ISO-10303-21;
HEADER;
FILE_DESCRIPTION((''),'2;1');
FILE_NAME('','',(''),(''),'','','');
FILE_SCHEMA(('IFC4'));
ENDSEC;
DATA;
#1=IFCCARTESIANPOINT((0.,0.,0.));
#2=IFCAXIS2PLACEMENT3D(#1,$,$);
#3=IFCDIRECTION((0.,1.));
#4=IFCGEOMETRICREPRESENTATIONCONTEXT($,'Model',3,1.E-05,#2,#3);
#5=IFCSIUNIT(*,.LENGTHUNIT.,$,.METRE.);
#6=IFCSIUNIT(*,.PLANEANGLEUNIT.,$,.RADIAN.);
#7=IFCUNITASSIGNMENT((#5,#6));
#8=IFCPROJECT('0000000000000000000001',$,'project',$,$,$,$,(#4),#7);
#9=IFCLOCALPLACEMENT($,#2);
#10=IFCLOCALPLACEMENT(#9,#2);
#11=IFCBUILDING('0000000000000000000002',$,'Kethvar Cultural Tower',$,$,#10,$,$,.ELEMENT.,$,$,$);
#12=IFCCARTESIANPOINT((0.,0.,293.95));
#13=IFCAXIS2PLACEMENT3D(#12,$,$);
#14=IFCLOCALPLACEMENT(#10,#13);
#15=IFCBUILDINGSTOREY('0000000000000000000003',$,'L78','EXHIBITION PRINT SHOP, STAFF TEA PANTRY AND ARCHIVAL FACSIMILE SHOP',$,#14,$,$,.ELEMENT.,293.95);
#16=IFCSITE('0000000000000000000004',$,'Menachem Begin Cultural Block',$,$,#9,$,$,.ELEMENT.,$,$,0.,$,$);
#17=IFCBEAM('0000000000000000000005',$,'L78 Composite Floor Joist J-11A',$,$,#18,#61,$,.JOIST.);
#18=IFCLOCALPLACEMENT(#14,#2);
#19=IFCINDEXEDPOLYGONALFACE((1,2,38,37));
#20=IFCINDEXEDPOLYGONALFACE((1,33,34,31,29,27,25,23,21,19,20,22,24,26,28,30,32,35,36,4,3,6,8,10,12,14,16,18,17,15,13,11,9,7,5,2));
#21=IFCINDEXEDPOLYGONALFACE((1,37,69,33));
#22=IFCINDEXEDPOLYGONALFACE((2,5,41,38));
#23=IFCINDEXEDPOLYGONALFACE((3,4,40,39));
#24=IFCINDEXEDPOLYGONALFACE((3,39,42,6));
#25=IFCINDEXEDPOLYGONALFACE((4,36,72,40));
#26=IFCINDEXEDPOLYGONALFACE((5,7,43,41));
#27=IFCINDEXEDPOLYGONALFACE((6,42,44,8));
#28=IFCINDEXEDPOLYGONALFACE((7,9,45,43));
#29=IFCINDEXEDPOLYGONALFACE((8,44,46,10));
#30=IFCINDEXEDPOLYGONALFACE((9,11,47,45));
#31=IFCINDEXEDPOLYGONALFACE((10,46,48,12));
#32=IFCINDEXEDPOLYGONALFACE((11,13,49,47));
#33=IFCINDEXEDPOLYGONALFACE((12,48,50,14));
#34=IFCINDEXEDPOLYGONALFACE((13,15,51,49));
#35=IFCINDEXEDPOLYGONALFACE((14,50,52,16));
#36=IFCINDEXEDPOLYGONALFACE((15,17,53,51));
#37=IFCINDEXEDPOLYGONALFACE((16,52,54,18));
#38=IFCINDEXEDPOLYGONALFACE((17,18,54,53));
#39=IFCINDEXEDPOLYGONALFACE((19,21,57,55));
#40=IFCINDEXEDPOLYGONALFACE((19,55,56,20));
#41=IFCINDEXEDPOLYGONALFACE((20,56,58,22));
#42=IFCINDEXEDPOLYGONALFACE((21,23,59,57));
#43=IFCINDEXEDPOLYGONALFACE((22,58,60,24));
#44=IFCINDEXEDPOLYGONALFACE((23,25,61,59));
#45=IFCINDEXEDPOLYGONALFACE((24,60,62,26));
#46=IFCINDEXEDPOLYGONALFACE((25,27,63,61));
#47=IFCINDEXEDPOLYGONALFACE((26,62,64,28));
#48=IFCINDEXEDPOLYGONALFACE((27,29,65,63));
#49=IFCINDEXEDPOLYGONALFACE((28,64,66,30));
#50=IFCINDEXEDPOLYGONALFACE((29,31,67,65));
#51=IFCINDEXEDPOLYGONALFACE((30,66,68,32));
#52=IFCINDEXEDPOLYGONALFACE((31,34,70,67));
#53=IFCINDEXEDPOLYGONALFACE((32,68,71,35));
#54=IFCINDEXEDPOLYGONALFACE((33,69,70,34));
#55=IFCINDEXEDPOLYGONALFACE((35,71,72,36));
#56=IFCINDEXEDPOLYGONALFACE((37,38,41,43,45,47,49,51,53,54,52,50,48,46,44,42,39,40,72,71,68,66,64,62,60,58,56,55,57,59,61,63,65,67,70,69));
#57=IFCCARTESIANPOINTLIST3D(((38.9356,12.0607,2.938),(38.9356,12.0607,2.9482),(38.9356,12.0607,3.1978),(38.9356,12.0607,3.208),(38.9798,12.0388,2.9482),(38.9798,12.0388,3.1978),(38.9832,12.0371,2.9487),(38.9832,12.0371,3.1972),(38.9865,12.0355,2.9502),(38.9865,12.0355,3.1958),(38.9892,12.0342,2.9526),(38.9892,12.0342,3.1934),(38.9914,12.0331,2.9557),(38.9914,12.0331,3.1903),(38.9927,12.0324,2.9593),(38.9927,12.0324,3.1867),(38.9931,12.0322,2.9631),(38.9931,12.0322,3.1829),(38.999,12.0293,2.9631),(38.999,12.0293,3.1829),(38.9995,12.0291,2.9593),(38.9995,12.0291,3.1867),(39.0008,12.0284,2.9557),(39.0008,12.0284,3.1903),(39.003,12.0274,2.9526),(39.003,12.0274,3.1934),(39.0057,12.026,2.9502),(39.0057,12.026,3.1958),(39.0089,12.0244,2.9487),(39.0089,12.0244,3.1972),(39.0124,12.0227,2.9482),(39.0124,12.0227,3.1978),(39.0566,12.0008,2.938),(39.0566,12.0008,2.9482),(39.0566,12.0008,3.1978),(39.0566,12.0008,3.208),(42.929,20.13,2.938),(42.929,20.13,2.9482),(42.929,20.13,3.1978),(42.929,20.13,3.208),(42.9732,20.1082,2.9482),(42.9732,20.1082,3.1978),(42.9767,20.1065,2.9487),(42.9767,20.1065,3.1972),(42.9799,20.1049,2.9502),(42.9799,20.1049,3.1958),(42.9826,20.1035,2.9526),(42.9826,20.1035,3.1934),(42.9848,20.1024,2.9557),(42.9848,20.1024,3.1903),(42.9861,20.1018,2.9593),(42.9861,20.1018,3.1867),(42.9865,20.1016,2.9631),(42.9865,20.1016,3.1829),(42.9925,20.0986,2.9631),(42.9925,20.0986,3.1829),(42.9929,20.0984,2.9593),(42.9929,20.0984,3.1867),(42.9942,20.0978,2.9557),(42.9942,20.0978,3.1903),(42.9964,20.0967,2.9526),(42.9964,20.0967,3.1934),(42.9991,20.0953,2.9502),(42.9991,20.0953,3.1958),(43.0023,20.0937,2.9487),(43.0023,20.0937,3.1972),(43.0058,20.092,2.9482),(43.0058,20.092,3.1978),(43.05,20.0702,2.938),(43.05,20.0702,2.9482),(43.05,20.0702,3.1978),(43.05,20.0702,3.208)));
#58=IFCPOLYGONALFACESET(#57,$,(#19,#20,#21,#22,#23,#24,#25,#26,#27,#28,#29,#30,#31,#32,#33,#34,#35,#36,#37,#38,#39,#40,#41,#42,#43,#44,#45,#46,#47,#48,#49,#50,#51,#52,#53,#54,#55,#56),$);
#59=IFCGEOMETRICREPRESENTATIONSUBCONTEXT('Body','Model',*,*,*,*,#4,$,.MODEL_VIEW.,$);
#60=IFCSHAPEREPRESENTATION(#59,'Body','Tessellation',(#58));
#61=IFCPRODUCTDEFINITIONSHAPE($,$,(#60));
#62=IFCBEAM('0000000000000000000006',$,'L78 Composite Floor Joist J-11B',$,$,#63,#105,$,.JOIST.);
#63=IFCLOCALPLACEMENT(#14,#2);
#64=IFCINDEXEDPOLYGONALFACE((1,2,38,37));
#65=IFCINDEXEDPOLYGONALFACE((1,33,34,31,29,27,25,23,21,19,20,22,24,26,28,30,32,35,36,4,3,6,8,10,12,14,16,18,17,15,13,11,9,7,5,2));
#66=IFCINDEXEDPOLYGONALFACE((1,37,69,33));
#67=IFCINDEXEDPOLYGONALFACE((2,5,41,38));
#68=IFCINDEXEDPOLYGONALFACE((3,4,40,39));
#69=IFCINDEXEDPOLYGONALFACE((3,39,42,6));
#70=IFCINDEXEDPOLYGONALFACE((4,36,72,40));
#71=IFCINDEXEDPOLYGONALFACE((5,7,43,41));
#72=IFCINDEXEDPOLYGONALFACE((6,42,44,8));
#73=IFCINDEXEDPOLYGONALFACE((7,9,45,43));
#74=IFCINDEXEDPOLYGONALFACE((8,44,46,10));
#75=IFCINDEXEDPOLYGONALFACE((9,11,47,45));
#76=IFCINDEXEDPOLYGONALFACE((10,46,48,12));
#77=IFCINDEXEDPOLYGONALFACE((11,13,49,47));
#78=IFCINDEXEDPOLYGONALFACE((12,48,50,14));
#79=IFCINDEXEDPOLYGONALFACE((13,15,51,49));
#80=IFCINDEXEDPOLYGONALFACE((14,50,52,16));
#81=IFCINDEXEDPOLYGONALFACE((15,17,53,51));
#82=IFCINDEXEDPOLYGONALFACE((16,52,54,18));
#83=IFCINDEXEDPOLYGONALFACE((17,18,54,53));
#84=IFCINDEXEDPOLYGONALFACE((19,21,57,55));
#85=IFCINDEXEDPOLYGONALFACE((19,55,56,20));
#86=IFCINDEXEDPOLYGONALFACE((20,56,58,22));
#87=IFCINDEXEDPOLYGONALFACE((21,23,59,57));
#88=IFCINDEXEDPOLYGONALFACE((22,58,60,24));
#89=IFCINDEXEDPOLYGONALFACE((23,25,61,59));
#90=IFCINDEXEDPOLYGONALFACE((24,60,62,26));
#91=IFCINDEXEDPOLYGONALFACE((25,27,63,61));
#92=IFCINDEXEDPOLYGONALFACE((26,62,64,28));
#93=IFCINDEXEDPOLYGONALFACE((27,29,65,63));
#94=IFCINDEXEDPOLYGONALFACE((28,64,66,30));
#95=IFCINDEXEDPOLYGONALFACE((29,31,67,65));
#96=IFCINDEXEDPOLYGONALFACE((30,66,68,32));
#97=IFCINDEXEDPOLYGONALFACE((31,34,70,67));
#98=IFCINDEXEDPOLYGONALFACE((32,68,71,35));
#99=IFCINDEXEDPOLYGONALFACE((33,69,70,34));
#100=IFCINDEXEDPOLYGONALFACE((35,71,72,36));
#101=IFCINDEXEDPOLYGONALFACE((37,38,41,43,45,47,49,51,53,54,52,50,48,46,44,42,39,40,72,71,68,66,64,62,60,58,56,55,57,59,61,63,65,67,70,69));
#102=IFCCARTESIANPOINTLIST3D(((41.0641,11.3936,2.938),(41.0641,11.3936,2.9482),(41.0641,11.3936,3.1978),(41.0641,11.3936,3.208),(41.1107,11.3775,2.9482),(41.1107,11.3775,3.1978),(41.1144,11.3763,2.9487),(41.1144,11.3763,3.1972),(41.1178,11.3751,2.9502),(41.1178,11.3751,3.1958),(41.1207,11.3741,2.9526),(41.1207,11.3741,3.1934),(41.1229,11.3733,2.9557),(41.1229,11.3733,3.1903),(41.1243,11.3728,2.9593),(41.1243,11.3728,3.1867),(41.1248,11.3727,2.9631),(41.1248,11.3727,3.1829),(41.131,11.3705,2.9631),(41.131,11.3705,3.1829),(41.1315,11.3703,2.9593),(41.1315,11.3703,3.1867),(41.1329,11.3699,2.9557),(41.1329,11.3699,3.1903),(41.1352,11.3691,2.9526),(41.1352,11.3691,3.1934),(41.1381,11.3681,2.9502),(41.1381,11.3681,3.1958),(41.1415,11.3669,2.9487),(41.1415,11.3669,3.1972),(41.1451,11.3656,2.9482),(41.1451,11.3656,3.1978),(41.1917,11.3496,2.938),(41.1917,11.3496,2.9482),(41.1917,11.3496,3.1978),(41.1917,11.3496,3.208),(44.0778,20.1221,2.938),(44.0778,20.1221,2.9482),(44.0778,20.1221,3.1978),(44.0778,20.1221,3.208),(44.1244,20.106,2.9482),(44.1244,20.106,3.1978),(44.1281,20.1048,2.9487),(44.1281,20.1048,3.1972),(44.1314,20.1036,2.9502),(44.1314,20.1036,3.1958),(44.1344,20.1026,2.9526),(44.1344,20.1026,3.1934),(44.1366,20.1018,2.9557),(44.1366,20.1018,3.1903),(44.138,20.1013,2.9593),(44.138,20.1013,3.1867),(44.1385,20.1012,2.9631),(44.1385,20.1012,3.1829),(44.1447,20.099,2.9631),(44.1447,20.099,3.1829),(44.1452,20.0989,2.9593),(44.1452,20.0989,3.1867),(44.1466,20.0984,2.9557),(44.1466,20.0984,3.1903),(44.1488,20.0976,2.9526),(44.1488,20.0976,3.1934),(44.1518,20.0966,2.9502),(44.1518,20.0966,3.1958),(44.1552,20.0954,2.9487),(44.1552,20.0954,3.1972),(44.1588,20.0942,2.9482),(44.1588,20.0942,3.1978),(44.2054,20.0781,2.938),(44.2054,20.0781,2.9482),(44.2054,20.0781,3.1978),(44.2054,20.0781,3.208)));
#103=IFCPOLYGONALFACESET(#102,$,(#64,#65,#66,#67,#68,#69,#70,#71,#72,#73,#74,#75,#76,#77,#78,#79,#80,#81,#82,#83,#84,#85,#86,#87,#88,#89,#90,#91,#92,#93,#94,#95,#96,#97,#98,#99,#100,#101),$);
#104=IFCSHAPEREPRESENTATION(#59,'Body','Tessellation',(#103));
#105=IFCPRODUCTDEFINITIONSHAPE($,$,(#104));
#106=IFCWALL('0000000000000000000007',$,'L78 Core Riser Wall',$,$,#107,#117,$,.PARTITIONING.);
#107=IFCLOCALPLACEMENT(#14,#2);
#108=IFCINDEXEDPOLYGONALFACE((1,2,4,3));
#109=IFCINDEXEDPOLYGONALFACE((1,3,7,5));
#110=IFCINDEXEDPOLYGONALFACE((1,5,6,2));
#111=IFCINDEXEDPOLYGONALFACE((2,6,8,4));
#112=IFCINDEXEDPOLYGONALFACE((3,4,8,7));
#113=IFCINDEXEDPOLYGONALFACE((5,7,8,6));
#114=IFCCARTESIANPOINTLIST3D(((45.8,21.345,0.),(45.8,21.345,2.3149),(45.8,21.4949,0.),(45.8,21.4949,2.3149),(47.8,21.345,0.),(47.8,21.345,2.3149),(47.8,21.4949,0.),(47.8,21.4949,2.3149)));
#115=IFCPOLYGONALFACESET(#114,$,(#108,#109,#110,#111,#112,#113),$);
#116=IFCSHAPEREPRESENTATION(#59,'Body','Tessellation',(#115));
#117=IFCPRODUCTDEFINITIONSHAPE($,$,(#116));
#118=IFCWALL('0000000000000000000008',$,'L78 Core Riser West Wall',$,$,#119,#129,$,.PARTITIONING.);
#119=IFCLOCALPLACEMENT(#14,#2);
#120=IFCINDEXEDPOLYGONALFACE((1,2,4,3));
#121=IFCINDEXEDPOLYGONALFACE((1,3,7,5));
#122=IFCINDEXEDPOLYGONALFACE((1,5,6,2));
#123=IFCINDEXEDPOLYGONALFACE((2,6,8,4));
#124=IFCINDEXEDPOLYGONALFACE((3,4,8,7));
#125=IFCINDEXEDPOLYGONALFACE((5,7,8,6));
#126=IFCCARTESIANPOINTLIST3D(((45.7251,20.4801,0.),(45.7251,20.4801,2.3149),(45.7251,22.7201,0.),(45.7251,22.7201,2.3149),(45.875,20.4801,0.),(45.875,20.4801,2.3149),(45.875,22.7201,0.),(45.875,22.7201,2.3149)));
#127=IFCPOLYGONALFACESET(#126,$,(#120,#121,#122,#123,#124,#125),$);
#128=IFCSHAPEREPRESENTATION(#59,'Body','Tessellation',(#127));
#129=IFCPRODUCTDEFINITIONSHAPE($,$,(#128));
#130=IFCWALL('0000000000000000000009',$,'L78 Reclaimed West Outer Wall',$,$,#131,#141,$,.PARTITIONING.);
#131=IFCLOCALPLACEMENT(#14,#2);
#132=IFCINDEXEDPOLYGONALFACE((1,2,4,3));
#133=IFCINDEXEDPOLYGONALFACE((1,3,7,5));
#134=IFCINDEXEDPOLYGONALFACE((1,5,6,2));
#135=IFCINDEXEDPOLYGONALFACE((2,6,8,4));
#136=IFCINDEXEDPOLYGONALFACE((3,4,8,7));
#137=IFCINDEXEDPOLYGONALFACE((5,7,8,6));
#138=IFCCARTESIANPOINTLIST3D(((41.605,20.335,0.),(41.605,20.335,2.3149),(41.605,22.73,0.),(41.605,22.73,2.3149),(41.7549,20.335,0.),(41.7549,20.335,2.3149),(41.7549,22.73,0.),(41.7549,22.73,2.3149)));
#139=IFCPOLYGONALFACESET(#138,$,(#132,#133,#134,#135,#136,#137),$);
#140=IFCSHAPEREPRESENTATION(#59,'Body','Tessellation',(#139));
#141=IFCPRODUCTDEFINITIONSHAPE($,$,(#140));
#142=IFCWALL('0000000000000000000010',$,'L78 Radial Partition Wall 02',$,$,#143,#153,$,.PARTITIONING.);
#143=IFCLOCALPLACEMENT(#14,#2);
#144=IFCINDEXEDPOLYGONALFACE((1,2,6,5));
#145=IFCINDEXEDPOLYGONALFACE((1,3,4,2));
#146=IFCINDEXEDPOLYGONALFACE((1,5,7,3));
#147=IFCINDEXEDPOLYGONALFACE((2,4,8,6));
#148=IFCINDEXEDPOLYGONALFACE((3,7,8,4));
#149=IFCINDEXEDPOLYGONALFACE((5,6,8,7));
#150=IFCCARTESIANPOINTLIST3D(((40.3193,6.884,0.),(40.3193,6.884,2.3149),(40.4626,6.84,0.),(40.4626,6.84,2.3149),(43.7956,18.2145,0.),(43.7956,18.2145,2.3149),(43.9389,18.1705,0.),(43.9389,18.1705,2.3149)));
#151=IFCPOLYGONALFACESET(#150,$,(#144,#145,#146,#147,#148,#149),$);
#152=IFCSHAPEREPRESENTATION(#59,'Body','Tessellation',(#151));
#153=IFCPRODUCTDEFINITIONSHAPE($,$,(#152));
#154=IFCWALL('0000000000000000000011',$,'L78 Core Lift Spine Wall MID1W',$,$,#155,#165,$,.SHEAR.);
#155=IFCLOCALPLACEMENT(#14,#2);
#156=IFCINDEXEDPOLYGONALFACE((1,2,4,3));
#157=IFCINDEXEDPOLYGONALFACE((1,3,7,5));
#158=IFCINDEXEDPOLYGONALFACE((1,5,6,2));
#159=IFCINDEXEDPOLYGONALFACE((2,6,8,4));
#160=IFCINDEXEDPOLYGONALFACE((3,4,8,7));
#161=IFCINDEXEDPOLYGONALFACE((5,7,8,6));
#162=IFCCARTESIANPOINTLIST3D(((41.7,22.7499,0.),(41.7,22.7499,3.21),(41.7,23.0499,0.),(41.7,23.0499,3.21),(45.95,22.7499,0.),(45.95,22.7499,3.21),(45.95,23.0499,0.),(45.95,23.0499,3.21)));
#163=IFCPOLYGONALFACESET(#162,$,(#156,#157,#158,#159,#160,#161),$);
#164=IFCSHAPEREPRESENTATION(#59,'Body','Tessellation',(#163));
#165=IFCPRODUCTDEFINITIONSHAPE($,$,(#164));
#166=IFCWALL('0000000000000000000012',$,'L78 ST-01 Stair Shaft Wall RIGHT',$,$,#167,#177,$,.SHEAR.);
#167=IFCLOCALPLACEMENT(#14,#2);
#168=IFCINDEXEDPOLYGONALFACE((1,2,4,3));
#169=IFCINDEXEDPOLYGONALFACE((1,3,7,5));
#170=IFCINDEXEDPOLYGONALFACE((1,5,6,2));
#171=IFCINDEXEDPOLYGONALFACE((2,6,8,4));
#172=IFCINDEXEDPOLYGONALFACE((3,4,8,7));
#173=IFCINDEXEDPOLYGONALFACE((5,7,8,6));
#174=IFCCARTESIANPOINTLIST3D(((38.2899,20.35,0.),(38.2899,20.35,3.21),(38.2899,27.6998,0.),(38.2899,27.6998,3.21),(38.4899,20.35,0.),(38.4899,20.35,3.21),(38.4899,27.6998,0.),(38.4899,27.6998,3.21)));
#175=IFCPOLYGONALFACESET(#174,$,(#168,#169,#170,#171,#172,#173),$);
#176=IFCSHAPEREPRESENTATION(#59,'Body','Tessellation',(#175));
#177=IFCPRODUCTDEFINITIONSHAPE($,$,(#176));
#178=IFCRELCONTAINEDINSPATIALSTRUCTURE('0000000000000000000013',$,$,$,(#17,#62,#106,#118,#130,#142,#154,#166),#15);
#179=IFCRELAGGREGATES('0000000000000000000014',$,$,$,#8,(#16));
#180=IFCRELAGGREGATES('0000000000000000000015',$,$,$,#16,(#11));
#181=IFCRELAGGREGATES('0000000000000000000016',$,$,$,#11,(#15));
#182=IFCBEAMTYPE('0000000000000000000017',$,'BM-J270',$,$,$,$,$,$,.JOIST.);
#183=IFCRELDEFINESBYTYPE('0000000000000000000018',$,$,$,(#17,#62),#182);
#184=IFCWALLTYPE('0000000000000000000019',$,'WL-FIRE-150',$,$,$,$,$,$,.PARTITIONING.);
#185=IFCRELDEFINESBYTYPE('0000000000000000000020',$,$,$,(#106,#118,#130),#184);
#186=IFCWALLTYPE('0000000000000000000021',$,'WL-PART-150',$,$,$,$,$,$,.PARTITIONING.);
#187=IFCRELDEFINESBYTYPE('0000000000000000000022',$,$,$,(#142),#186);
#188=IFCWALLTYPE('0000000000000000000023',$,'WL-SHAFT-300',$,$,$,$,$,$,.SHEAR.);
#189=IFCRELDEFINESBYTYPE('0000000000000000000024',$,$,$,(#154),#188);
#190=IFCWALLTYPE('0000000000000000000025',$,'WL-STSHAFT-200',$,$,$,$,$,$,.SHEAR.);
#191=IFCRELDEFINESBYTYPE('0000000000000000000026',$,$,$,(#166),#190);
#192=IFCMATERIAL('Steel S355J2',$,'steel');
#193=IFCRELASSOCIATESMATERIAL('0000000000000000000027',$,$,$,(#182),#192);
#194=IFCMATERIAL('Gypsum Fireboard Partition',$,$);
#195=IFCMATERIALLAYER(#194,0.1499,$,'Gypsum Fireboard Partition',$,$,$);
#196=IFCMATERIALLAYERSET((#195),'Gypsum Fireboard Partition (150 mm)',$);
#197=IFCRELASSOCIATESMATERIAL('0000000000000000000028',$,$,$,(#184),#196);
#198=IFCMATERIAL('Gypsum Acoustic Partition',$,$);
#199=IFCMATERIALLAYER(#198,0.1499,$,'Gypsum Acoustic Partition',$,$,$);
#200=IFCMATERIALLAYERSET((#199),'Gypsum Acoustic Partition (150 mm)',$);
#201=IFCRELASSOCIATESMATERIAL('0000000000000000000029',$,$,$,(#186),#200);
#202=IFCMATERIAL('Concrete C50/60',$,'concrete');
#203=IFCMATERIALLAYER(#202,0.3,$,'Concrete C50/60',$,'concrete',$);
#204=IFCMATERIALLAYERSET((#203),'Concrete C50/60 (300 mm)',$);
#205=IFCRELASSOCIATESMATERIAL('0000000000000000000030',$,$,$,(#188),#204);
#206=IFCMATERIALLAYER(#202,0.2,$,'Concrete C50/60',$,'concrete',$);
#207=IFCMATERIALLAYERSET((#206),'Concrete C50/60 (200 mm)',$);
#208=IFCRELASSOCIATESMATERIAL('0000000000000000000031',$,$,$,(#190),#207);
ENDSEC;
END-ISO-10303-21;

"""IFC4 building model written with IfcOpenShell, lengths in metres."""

from ifc_helpers import new_model, si_unit, direction, frame, frame_2d, origin, origin_2d, place, context, subcontext, project, spatial, rectangle, i_section, extrude, source, transform, mapped, material, layer, layer_set, material_profile, profile_set, type_object, element, save


model = new_model("IFC4")

# Units and contexts
model_context = context("Model", 3, precision=1e-05, world=origin(), true_north=direction((0.0, 1.0)))
body_context = subcontext(model_context, "Body", "Model", "MODEL_VIEW")
ifc_project = project(units=[si_unit("LENGTHUNIT", "METRE"), si_unit("PLANEANGLEUNIT", "RADIAN")], contexts=[model_context])

# Site, building, storey
site_placement = place(None, origin())
site = spatial("IfcSite", under=ifc_project, at=site_placement, Name="Menachem Begin Cultural Block", CompositionType="ELEMENT", RefElevation=0.0)
building_placement = place(site_placement, origin())
building = spatial("IfcBuilding", under=site, at=building_placement, Name="Kethvar Cultural Tower", CompositionType="ELEMENT")
storey_placement = place(building_placement, frame((0.0, 0.0, 293.95)))
storey = spatial("IfcBuildingStorey", under=building, at=storey_placement, Name="L78", Description="EXHIBITION PRINT SHOP, STAFF TEA PANTRY AND ARCHIVAL FACSIMILE SHOP", CompositionType="ELEMENT", Elevation=293.95)

# Beams
ifc_material_1 = material(Name="Steel S355J2", Category="steel")
ifc_material_profile_1 = material_profile(ifc_material_1, i_section(OverallWidth=0.135, OverallDepth=0.27, WebThickness=0.0066, FlangeThickness=0.0103, FilletRadius=0.0149, at=origin_2d()), Name="Steel S355J2 — IPE270")
ifc_profile_set_1 = profile_set([ifc_material_profile_1], Name="Steel S355J2 — IPE270")
beam_type_1 = type_object("IfcBeamType", Name="BM-J270", PredefinedType="JOIST", material=ifc_profile_set_1)
shared_shape_1 = source(origin(), body_context, "Body", "SweptSolid", [
    extrude(i_section(OverallWidth=0.135, OverallDepth=0.27, WebThickness=0.0066, FlangeThickness=0.0103, FilletRadius=0.0149, at=origin_2d()), origin(), (0.0, 0.0, 1.0), 9.0034),
])
beam_1_placement = place(storey_placement, frame((42.9895, 20.1001, 3.073), z_axis=(-0.443544, -0.896253, 0.0), x_axis=(0.896253, -0.443544, 0.0)))
element("IfcBeam", 1, at=beam_1_placement, inside=storey, type_object=beam_type_1, Name="L78 Composite Floor Joist J-11A", PredefinedType="JOIST", context=body_context, shape_type="MappedRepresentation", body=[
    mapped(shared_shape_1, transform((0.0, 0.0, 0.0), scale=1.0)),
])
shared_shape_2 = source(origin(), body_context, "Body", "SweptSolid", [
    extrude(i_section(OverallWidth=0.135, OverallDepth=0.27, WebThickness=0.0066, FlangeThickness=0.0103, FilletRadius=0.0149, at=origin_2d()), origin(), (0.0, 0.0, 1.0), 9.2341),
])
beam_2_placement = place(storey_placement, frame((44.1416, 20.1001, 3.073), z_axis=(-0.326362, -0.945245, 0.0), x_axis=(0.945245, -0.326362, 0.0)))
element("IfcBeam", 2, at=beam_2_placement, inside=storey, type_object=beam_type_1, Name="L78 Composite Floor Joist J-11B", PredefinedType="JOIST", context=body_context, shape_type="MappedRepresentation", body=[
    mapped(shared_shape_2, transform((0.0, 0.0, 0.0), scale=1.0)),
])

# Shared definitions
ifc_material_2 = material(Name="Concrete C50/60", Category="concrete")

# Walls
ifc_material_3 = material(Name="Gypsum Fireboard Partition")
ifc_layer_1 = layer(ifc_material_3, 0.1499, Name="Gypsum Fireboard Partition")
ifc_layer_set_1 = layer_set([ifc_layer_1], Name="Gypsum Fireboard Partition (150 mm)")
wall_type_1 = type_object("IfcWallType", Name="WL-FIRE-150", PredefinedType="PARTITIONING", material=ifc_layer_set_1)
wall_1_placement = place(storey_placement, frame((45.8, 21.4199, 0.0), z_axis=(0.0, 0.0, 1.0), x_axis=(1.0, 0.0, 0.0)))
element("IfcWall", 3, at=wall_1_placement, inside=storey, type_object=wall_type_1, Name="L78 Core Riser Wall", PredefinedType="PARTITIONING", context=body_context, shape_type="SweptSolid", body=[
    extrude(rectangle(XDim=2.0, YDim=0.1499, at=frame_2d((1.0, 0.0))), origin(), (0.0, 0.0, 1.0), 2.3149),
])
wall_2_placement = place(storey_placement, frame((45.8, 20.48, 0.0), z_axis=(0.0, 0.0, 1.0), x_axis=(0.0, 1.0, 0.0)))
element("IfcWall", 4, at=wall_2_placement, inside=storey, type_object=wall_type_1, Name="L78 Core Riser West Wall", PredefinedType="PARTITIONING", context=body_context, shape_type="SweptSolid", body=[
    extrude(rectangle(XDim=2.24, YDim=0.1499, at=frame_2d((1.1201, 0.0))), origin(), (0.0, 0.0, 1.0), 2.3149),
])
wall_3_placement = place(storey_placement, frame((41.6799, 20.335, 0.0), z_axis=(0.0, 0.0, 1.0), x_axis=(0.0, 1.0, 0.0)))
element("IfcWall", 5, at=wall_3_placement, inside=storey, type_object=wall_type_1, Name="L78 Reclaimed West Outer Wall", PredefinedType="PARTITIONING", context=body_context, shape_type="SweptSolid", body=[
    extrude(rectangle(XDim=2.395, YDim=0.1499, at=frame_2d((1.1975, 0.0))), origin(), (0.0, 0.0, 1.0), 2.3149),
])

# Walls
ifc_material_4 = material(Name="Gypsum Acoustic Partition")
ifc_layer_2 = layer(ifc_material_4, 0.1499, Name="Gypsum Acoustic Partition")
ifc_layer_set_2 = layer_set([ifc_layer_2], Name="Gypsum Acoustic Partition (150 mm)")
wall_type_2 = type_object("IfcWallType", Name="WL-PART-150", PredefinedType="PARTITIONING", material=ifc_layer_set_2)
wall_4_placement = place(storey_placement, frame((43.8672, 18.1924, 0.0), z_axis=(0.0, 0.0, 1.0), x_axis=(-0.293314, -0.956016, 0.0)))
element("IfcWall", 6, at=wall_4_placement, inside=storey, type_object=wall_type_2, Name="L78 Radial Partition Wall 02", PredefinedType="PARTITIONING", context=body_context, shape_type="SweptSolid", body=[
    extrude(rectangle(XDim=11.8518, YDim=0.1499, at=frame_2d((5.9258, 0.0))), origin(), (0.0, 0.0, 1.0), 2.3149),
])
ifc_layer_3 = layer(ifc_material_2, 0.3, Name="Concrete C50/60", Category="concrete")
ifc_layer_set_3 = layer_set([ifc_layer_3], Name="Concrete C50/60 (300 mm)")
wall_type_3 = type_object("IfcWallType", Name="WL-SHAFT-300", PredefinedType="SHEAR", material=ifc_layer_set_3)
wall_5_placement = place(storey_placement, frame((41.7, 22.8999, 0.0), z_axis=(0.0, 0.0, 1.0), x_axis=(1.0, 0.0, 0.0)))
element("IfcWall", 7, at=wall_5_placement, inside=storey, type_object=wall_type_3, Name="L78 Core Lift Spine Wall MID1W", PredefinedType="SHEAR", context=body_context, shape_type="SweptSolid", body=[
    extrude(rectangle(XDim=4.25, YDim=0.3, at=frame_2d((2.125, 0.0))), origin(), (0.0, 0.0, 1.0), 3.21),
])
ifc_layer_4 = layer(ifc_material_2, 0.2, Name="Concrete C50/60", Category="concrete")
ifc_layer_set_4 = layer_set([ifc_layer_4], Name="Concrete C50/60 (200 mm)")
wall_type_4 = type_object("IfcWallType", Name="WL-STSHAFT-200", PredefinedType="SHEAR", material=ifc_layer_set_4)
wall_6_placement = place(storey_placement, frame((38.3899, 20.3501, 0.0), z_axis=(0.0, 0.0, 1.0), x_axis=(0.0, 1.0, 0.0)))
element("IfcWall", 8, at=wall_6_placement, inside=storey, type_object=wall_type_4, Name="L78 ST-01 Stair Shaft Wall RIGHT", PredefinedType="SHEAR", context=body_context, shape_type="SweptSolid", body=[
    extrude(rectangle(XDim=7.3499, YDim=0.2, at=frame_2d((3.6748, 0.0))), origin(), (0.0, 0.0, 1.0), 3.21),
])

save(model, "model.ifc")
